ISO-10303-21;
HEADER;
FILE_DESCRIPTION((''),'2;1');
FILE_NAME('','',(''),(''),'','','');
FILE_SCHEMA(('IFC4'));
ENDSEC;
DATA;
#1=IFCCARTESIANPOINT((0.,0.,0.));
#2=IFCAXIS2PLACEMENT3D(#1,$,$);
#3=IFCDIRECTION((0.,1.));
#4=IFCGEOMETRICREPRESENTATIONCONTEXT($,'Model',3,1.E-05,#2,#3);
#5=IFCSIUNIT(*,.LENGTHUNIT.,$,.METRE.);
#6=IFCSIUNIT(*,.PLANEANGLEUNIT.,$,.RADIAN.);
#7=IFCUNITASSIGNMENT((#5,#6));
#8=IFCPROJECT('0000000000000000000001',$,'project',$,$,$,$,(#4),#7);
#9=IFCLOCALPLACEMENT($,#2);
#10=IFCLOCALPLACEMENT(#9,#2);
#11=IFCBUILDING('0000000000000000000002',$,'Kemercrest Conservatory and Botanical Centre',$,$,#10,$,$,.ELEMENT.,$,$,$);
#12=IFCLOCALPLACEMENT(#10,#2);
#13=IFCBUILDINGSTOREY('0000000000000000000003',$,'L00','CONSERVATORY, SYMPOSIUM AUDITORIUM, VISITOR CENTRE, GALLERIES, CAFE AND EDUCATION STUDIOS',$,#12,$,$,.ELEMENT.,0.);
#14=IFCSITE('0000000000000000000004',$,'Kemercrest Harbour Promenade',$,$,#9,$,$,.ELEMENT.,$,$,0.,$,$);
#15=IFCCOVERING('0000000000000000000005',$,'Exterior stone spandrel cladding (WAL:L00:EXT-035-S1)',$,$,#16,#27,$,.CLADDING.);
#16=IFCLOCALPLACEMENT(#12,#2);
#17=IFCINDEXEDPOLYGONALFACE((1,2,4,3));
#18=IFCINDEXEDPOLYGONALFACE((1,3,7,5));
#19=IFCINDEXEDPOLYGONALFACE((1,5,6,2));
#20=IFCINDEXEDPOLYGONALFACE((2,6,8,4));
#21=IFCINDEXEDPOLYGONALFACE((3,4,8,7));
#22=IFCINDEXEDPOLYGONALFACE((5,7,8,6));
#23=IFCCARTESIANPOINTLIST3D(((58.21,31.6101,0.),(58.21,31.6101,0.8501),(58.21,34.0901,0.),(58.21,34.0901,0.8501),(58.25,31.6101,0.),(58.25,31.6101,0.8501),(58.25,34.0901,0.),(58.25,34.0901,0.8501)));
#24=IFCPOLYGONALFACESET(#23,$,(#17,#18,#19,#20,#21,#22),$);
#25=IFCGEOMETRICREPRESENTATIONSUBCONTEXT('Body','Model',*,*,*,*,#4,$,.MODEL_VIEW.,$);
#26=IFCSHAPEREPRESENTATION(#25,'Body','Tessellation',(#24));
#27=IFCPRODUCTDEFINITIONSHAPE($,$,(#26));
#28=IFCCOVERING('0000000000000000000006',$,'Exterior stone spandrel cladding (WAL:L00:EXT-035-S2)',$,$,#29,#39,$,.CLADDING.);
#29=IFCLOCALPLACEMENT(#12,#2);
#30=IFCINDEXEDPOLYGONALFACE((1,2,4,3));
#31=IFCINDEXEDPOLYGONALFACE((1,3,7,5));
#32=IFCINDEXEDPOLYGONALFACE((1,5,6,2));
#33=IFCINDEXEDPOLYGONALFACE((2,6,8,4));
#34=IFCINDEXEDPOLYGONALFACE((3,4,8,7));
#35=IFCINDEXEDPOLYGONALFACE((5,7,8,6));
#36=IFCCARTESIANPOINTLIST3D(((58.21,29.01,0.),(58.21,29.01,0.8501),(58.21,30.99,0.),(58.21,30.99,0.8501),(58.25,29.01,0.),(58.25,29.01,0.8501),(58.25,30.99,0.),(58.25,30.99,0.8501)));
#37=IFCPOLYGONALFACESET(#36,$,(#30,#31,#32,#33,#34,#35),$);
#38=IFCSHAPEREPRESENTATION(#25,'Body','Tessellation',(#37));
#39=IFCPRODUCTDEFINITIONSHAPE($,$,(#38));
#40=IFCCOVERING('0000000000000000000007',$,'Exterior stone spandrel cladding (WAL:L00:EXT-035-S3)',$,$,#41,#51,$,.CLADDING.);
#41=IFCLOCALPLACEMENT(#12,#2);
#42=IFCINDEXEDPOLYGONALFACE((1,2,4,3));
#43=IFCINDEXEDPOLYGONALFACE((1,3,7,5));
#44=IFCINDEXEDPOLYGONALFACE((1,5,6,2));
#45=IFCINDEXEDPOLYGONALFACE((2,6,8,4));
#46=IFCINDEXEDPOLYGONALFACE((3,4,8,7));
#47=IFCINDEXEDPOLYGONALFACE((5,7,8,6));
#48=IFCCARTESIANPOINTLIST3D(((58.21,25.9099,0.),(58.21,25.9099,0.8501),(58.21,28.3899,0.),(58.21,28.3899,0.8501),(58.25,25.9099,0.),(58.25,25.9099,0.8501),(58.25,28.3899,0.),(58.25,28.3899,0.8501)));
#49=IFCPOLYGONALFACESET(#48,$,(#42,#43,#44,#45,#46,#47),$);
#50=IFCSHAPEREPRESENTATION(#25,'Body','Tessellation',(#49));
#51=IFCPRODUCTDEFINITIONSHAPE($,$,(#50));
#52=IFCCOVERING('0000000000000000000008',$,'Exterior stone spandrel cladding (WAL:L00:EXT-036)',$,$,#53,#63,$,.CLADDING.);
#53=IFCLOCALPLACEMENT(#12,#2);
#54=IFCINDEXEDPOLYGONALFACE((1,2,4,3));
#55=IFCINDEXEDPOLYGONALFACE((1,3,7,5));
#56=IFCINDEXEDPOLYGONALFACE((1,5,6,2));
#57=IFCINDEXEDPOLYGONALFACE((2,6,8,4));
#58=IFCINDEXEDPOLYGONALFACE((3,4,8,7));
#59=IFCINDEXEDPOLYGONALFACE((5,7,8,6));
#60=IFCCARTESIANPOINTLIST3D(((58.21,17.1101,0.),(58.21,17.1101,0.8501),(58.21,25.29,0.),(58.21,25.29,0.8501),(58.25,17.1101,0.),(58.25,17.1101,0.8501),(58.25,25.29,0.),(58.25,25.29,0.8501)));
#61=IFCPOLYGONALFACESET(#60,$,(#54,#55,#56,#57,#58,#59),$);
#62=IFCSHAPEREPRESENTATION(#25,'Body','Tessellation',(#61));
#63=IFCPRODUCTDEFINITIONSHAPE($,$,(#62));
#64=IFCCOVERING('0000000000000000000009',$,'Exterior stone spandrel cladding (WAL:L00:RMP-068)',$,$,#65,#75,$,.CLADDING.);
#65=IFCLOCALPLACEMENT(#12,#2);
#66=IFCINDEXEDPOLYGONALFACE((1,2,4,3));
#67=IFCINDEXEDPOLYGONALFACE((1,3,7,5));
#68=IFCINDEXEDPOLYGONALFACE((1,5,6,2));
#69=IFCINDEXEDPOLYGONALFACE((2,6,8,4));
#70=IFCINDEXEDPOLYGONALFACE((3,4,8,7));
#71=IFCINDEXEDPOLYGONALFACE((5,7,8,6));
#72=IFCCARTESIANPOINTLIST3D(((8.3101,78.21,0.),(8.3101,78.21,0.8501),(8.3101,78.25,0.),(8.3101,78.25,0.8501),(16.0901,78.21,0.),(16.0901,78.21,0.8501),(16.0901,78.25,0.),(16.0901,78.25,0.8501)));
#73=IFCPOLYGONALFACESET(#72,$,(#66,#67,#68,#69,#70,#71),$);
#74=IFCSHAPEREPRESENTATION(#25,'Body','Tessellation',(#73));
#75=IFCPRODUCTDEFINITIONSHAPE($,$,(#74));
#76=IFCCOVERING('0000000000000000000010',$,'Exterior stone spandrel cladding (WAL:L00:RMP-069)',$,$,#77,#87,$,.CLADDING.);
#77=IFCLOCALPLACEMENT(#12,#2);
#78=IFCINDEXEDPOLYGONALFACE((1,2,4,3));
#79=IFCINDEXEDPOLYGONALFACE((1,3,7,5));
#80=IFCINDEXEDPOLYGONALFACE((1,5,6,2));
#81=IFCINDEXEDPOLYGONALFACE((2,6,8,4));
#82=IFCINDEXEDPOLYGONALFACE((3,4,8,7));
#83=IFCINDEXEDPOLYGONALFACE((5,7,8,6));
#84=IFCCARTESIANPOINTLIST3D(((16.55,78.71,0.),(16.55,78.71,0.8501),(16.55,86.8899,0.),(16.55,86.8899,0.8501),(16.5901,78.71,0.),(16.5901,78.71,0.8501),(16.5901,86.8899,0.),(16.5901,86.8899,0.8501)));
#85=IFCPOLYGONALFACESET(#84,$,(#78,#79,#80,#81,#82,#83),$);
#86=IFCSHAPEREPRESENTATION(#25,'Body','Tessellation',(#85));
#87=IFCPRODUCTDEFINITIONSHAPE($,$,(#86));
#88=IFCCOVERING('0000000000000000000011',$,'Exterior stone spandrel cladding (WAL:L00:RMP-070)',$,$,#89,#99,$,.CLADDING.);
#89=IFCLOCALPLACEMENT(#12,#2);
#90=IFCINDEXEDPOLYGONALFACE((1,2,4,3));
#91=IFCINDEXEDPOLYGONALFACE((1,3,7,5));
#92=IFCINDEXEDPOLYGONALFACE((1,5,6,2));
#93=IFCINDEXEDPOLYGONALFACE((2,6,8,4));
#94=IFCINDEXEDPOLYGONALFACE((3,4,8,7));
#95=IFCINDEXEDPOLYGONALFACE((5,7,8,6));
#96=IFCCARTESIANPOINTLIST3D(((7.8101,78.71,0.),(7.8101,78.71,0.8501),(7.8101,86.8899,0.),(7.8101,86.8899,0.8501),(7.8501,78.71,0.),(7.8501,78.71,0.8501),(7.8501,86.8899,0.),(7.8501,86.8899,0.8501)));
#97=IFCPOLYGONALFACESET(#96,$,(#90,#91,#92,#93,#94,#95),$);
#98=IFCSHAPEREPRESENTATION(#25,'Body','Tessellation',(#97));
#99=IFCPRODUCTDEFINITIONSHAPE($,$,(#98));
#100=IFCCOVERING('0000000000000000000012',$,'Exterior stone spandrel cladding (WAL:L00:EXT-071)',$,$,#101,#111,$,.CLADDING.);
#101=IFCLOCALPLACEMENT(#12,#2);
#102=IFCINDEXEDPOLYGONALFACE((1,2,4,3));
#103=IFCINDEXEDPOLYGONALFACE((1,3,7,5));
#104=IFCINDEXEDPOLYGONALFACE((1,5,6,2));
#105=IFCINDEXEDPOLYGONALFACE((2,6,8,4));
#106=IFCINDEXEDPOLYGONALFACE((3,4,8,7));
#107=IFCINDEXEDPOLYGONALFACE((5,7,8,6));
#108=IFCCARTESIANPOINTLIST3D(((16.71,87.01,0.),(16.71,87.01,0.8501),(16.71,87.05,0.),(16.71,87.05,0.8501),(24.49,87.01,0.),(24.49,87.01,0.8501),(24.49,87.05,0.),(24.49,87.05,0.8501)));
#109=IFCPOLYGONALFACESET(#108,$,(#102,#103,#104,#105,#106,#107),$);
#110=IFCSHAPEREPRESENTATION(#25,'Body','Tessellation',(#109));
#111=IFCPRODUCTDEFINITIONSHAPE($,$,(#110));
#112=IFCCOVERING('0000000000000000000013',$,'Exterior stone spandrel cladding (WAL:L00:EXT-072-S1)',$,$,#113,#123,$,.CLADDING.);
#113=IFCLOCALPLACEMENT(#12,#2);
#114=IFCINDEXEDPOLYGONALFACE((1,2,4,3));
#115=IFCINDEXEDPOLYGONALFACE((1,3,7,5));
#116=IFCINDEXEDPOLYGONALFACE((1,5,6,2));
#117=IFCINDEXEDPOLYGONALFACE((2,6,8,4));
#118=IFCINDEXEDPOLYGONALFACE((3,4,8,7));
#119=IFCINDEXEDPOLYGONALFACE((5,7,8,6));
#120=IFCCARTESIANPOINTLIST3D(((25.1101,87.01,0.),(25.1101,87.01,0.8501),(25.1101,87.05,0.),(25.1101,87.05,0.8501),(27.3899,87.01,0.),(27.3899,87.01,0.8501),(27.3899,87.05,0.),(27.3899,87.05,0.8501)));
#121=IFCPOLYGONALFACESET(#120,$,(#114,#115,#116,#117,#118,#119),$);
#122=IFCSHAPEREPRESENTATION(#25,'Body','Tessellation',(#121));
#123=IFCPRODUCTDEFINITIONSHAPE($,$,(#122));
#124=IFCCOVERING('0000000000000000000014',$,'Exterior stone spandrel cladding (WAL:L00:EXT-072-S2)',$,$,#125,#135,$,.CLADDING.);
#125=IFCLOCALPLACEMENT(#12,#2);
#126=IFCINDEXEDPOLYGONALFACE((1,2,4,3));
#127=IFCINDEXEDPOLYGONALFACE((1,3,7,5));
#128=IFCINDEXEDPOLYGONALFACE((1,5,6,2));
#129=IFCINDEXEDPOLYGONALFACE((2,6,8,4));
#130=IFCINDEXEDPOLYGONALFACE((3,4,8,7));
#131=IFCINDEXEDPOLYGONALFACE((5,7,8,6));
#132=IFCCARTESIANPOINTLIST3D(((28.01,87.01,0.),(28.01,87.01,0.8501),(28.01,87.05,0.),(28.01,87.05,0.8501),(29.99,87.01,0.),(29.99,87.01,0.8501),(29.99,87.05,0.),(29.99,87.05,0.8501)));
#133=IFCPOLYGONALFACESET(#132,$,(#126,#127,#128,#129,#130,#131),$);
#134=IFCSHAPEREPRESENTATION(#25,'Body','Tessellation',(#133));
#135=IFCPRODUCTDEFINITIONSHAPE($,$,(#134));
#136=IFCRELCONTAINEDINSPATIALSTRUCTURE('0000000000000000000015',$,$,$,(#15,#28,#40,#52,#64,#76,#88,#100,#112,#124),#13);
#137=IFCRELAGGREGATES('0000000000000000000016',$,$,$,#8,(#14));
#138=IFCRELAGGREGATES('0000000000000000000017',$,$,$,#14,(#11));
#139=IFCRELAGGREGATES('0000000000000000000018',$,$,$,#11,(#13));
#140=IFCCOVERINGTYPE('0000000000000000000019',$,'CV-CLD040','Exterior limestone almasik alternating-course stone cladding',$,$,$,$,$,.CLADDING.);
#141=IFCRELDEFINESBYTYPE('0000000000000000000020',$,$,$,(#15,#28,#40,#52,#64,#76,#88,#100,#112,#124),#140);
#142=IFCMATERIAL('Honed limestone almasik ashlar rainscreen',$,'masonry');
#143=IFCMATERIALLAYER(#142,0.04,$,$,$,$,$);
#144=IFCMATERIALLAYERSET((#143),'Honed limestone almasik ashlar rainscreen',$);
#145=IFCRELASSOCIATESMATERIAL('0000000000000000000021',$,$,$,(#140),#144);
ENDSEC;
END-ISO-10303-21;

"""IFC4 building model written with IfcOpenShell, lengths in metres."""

from ifc_helpers import new_model, si_unit, direction, origin, place, context, subcontext, project, spatial, polyline, outline, extrude, material, layer, layer_set, type_object, element, save


model = new_model("IFC4")

# Units and contexts
model_context = context("Model", 3, precision=1e-05, world=origin(), true_north=direction((0.0, 1.0)))
body_context = subcontext(model_context, "Body", "Model", "MODEL_VIEW")
ifc_project = project(units=[si_unit("LENGTHUNIT", "METRE"), si_unit("PLANEANGLEUNIT", "RADIAN")], contexts=[model_context])

# Site, building, storey
site_placement = place(None, origin())
site = spatial("IfcSite", under=ifc_project, at=site_placement, Name="Kemercrest Harbour Promenade", CompositionType="ELEMENT", RefElevation=0.0)
building_placement = place(site_placement, origin())
building = spatial("IfcBuilding", under=site, at=building_placement, Name="Kemercrest Conservatory and Botanical Centre", CompositionType="ELEMENT")
storey_placement = place(building_placement, origin())
storey = spatial("IfcBuildingStorey", under=building, at=storey_placement, Name="L00", Description="CONSERVATORY, SYMPOSIUM AUDITORIUM, VISITOR CENTRE, GALLERIES, CAFE AND EDUCATION STUDIOS", CompositionType="ELEMENT", Elevation=0.0)

# Coverings
ifc_material = material(Name="Honed limestone almasik ashlar rainscreen", Category="masonry")
ifc_layer = layer(ifc_material, 0.04)
ifc_layer_set = layer_set([ifc_layer], Name="Honed limestone almasik ashlar rainscreen")
covering_type = type_object("IfcCoveringType", Name="CV-CLD040", Description="Exterior limestone almasik alternating-course stone cladding", PredefinedType="CLADDING", material=ifc_layer_set)
covering_1_placement = place(storey_placement, origin())
element("IfcCovering", 1, at=covering_1_placement, inside=storey, type_object=covering_type, Name="Exterior stone spandrel cladding (WAL:L00:EXT-035-S1)", PredefinedType="CLADDING", context=body_context, shape_type="SweptSolid", body=[
    extrude(outline(polyline([(58.25, 34.0901), (58.21, 34.0901), (58.21, 31.6101), (58.25, 31.6101), (58.25, 34.0901)])), origin(), (0.0, 0.0, 1.0), 0.8501),
])
covering_2_placement = place(storey_placement, origin())
element("IfcCovering", 2, at=covering_2_placement, inside=storey, type_object=covering_type, Name="Exterior stone spandrel cladding (WAL:L00:EXT-035-S2)", PredefinedType="CLADDING", context=body_context, shape_type="SweptSolid", body=[
    extrude(outline(polyline([(58.25, 30.99), (58.21, 30.99), (58.21, 29.01), (58.25, 29.01), (58.25, 30.99)])), origin(), (0.0, 0.0, 1.0), 0.8501),
])
covering_3_placement = place(storey_placement, origin())
element("IfcCovering", 3, at=covering_3_placement, inside=storey, type_object=covering_type, Name="Exterior stone spandrel cladding (WAL:L00:EXT-035-S3)", PredefinedType="CLADDING", context=body_context, shape_type="SweptSolid", body=[
    extrude(outline(polyline([(58.25, 28.3899), (58.21, 28.3899), (58.21, 25.9099), (58.25, 25.9099), (58.25, 28.3899)])), origin(), (0.0, 0.0, 1.0), 0.8501),
])
covering_4_placement = place(storey_placement, origin())
element("IfcCovering", 4, at=covering_4_placement, inside=storey, type_object=covering_type, Name="Exterior stone spandrel cladding (WAL:L00:EXT-036)", PredefinedType="CLADDING", context=body_context, shape_type="SweptSolid", body=[
    extrude(outline(polyline([(58.25, 25.29), (58.21, 25.29), (58.21, 17.1101), (58.25, 17.1101), (58.25, 25.29)])), origin(), (0.0, 0.0, 1.0), 0.8501),
])
covering_5_placement = place(storey_placement, origin())
element("IfcCovering", 5, at=covering_5_placement, inside=storey, type_object=covering_type, Name="Exterior stone spandrel cladding (WAL:L00:RMP-068)", PredefinedType="CLADDING", context=body_context, shape_type="SweptSolid", body=[
    extrude(outline(polyline([(8.3101, 78.25), (8.3101, 78.21), (16.0901, 78.21), (16.0901, 78.25), (8.3101, 78.25)])), origin(), (0.0, 0.0, 1.0), 0.8501),
])
covering_6_placement = place(storey_placement, origin())
element("IfcCovering", 6, at=covering_6_placement, inside=storey, type_object=covering_type, Name="Exterior stone spandrel cladding (WAL:L00:RMP-069)", PredefinedType="CLADDING", context=body_context, shape_type="SweptSolid", body=[
    extrude(outline(polyline([(16.55, 78.71), (16.5901, 78.71), (16.5901, 86.8899), (16.55, 86.8899), (16.55, 78.71)])), origin(), (0.0, 0.0, 1.0), 0.8501),
])
covering_7_placement = place(storey_placement, origin())
element("IfcCovering", 7, at=covering_7_placement, inside=storey, type_object=covering_type, Name="Exterior stone spandrel cladding (WAL:L00:RMP-070)", PredefinedType="CLADDING", context=body_context, shape_type="SweptSolid", body=[
    extrude(outline(polyline([(7.8501, 86.8899), (7.8101, 86.8899), (7.8101, 78.71), (7.8501, 78.71), (7.8501, 86.8899)])), origin(), (0.0, 0.0, 1.0), 0.8501),
])
covering_8_placement = place(storey_placement, origin())
element("IfcCovering", 8, at=covering_8_placement, inside=storey, type_object=covering_type, Name="Exterior stone spandrel cladding (WAL:L00:EXT-071)", PredefinedType="CLADDING", context=body_context, shape_type="SweptSolid", body=[
    extrude(outline(polyline([(16.71, 87.05), (16.71, 87.01), (24.49, 87.01), (24.49, 87.05), (16.71, 87.05)])), origin(), (0.0, 0.0, 1.0), 0.8501),
])
covering_9_placement = place(storey_placement, origin())
element("IfcCovering", 9, at=covering_9_placement, inside=storey, type_object=covering_type, Name="Exterior stone spandrel cladding (WAL:L00:EXT-072-S1)", PredefinedType="CLADDING", context=body_context, shape_type="SweptSolid", body=[
    extrude(outline(polyline([(25.1101, 87.05), (25.1101, 87.01), (27.3899, 87.01), (27.3899, 87.05), (25.1101, 87.05)])), origin(), (0.0, 0.0, 1.0), 0.8501),
])
covering_10_placement = place(storey_placement, origin())
element("IfcCovering", 10, at=covering_10_placement, inside=storey, type_object=covering_type, Name="Exterior stone spandrel cladding (WAL:L00:EXT-072-S2)", PredefinedType="CLADDING", context=body_context, shape_type="SweptSolid", body=[
    extrude(outline(polyline([(28.01, 87.05), (28.01, 87.01), (29.99, 87.01), (29.99, 87.05), (28.01, 87.05)])), origin(), (0.0, 0.0, 1.0), 0.8501),
])

save(model, "model.ifc")
